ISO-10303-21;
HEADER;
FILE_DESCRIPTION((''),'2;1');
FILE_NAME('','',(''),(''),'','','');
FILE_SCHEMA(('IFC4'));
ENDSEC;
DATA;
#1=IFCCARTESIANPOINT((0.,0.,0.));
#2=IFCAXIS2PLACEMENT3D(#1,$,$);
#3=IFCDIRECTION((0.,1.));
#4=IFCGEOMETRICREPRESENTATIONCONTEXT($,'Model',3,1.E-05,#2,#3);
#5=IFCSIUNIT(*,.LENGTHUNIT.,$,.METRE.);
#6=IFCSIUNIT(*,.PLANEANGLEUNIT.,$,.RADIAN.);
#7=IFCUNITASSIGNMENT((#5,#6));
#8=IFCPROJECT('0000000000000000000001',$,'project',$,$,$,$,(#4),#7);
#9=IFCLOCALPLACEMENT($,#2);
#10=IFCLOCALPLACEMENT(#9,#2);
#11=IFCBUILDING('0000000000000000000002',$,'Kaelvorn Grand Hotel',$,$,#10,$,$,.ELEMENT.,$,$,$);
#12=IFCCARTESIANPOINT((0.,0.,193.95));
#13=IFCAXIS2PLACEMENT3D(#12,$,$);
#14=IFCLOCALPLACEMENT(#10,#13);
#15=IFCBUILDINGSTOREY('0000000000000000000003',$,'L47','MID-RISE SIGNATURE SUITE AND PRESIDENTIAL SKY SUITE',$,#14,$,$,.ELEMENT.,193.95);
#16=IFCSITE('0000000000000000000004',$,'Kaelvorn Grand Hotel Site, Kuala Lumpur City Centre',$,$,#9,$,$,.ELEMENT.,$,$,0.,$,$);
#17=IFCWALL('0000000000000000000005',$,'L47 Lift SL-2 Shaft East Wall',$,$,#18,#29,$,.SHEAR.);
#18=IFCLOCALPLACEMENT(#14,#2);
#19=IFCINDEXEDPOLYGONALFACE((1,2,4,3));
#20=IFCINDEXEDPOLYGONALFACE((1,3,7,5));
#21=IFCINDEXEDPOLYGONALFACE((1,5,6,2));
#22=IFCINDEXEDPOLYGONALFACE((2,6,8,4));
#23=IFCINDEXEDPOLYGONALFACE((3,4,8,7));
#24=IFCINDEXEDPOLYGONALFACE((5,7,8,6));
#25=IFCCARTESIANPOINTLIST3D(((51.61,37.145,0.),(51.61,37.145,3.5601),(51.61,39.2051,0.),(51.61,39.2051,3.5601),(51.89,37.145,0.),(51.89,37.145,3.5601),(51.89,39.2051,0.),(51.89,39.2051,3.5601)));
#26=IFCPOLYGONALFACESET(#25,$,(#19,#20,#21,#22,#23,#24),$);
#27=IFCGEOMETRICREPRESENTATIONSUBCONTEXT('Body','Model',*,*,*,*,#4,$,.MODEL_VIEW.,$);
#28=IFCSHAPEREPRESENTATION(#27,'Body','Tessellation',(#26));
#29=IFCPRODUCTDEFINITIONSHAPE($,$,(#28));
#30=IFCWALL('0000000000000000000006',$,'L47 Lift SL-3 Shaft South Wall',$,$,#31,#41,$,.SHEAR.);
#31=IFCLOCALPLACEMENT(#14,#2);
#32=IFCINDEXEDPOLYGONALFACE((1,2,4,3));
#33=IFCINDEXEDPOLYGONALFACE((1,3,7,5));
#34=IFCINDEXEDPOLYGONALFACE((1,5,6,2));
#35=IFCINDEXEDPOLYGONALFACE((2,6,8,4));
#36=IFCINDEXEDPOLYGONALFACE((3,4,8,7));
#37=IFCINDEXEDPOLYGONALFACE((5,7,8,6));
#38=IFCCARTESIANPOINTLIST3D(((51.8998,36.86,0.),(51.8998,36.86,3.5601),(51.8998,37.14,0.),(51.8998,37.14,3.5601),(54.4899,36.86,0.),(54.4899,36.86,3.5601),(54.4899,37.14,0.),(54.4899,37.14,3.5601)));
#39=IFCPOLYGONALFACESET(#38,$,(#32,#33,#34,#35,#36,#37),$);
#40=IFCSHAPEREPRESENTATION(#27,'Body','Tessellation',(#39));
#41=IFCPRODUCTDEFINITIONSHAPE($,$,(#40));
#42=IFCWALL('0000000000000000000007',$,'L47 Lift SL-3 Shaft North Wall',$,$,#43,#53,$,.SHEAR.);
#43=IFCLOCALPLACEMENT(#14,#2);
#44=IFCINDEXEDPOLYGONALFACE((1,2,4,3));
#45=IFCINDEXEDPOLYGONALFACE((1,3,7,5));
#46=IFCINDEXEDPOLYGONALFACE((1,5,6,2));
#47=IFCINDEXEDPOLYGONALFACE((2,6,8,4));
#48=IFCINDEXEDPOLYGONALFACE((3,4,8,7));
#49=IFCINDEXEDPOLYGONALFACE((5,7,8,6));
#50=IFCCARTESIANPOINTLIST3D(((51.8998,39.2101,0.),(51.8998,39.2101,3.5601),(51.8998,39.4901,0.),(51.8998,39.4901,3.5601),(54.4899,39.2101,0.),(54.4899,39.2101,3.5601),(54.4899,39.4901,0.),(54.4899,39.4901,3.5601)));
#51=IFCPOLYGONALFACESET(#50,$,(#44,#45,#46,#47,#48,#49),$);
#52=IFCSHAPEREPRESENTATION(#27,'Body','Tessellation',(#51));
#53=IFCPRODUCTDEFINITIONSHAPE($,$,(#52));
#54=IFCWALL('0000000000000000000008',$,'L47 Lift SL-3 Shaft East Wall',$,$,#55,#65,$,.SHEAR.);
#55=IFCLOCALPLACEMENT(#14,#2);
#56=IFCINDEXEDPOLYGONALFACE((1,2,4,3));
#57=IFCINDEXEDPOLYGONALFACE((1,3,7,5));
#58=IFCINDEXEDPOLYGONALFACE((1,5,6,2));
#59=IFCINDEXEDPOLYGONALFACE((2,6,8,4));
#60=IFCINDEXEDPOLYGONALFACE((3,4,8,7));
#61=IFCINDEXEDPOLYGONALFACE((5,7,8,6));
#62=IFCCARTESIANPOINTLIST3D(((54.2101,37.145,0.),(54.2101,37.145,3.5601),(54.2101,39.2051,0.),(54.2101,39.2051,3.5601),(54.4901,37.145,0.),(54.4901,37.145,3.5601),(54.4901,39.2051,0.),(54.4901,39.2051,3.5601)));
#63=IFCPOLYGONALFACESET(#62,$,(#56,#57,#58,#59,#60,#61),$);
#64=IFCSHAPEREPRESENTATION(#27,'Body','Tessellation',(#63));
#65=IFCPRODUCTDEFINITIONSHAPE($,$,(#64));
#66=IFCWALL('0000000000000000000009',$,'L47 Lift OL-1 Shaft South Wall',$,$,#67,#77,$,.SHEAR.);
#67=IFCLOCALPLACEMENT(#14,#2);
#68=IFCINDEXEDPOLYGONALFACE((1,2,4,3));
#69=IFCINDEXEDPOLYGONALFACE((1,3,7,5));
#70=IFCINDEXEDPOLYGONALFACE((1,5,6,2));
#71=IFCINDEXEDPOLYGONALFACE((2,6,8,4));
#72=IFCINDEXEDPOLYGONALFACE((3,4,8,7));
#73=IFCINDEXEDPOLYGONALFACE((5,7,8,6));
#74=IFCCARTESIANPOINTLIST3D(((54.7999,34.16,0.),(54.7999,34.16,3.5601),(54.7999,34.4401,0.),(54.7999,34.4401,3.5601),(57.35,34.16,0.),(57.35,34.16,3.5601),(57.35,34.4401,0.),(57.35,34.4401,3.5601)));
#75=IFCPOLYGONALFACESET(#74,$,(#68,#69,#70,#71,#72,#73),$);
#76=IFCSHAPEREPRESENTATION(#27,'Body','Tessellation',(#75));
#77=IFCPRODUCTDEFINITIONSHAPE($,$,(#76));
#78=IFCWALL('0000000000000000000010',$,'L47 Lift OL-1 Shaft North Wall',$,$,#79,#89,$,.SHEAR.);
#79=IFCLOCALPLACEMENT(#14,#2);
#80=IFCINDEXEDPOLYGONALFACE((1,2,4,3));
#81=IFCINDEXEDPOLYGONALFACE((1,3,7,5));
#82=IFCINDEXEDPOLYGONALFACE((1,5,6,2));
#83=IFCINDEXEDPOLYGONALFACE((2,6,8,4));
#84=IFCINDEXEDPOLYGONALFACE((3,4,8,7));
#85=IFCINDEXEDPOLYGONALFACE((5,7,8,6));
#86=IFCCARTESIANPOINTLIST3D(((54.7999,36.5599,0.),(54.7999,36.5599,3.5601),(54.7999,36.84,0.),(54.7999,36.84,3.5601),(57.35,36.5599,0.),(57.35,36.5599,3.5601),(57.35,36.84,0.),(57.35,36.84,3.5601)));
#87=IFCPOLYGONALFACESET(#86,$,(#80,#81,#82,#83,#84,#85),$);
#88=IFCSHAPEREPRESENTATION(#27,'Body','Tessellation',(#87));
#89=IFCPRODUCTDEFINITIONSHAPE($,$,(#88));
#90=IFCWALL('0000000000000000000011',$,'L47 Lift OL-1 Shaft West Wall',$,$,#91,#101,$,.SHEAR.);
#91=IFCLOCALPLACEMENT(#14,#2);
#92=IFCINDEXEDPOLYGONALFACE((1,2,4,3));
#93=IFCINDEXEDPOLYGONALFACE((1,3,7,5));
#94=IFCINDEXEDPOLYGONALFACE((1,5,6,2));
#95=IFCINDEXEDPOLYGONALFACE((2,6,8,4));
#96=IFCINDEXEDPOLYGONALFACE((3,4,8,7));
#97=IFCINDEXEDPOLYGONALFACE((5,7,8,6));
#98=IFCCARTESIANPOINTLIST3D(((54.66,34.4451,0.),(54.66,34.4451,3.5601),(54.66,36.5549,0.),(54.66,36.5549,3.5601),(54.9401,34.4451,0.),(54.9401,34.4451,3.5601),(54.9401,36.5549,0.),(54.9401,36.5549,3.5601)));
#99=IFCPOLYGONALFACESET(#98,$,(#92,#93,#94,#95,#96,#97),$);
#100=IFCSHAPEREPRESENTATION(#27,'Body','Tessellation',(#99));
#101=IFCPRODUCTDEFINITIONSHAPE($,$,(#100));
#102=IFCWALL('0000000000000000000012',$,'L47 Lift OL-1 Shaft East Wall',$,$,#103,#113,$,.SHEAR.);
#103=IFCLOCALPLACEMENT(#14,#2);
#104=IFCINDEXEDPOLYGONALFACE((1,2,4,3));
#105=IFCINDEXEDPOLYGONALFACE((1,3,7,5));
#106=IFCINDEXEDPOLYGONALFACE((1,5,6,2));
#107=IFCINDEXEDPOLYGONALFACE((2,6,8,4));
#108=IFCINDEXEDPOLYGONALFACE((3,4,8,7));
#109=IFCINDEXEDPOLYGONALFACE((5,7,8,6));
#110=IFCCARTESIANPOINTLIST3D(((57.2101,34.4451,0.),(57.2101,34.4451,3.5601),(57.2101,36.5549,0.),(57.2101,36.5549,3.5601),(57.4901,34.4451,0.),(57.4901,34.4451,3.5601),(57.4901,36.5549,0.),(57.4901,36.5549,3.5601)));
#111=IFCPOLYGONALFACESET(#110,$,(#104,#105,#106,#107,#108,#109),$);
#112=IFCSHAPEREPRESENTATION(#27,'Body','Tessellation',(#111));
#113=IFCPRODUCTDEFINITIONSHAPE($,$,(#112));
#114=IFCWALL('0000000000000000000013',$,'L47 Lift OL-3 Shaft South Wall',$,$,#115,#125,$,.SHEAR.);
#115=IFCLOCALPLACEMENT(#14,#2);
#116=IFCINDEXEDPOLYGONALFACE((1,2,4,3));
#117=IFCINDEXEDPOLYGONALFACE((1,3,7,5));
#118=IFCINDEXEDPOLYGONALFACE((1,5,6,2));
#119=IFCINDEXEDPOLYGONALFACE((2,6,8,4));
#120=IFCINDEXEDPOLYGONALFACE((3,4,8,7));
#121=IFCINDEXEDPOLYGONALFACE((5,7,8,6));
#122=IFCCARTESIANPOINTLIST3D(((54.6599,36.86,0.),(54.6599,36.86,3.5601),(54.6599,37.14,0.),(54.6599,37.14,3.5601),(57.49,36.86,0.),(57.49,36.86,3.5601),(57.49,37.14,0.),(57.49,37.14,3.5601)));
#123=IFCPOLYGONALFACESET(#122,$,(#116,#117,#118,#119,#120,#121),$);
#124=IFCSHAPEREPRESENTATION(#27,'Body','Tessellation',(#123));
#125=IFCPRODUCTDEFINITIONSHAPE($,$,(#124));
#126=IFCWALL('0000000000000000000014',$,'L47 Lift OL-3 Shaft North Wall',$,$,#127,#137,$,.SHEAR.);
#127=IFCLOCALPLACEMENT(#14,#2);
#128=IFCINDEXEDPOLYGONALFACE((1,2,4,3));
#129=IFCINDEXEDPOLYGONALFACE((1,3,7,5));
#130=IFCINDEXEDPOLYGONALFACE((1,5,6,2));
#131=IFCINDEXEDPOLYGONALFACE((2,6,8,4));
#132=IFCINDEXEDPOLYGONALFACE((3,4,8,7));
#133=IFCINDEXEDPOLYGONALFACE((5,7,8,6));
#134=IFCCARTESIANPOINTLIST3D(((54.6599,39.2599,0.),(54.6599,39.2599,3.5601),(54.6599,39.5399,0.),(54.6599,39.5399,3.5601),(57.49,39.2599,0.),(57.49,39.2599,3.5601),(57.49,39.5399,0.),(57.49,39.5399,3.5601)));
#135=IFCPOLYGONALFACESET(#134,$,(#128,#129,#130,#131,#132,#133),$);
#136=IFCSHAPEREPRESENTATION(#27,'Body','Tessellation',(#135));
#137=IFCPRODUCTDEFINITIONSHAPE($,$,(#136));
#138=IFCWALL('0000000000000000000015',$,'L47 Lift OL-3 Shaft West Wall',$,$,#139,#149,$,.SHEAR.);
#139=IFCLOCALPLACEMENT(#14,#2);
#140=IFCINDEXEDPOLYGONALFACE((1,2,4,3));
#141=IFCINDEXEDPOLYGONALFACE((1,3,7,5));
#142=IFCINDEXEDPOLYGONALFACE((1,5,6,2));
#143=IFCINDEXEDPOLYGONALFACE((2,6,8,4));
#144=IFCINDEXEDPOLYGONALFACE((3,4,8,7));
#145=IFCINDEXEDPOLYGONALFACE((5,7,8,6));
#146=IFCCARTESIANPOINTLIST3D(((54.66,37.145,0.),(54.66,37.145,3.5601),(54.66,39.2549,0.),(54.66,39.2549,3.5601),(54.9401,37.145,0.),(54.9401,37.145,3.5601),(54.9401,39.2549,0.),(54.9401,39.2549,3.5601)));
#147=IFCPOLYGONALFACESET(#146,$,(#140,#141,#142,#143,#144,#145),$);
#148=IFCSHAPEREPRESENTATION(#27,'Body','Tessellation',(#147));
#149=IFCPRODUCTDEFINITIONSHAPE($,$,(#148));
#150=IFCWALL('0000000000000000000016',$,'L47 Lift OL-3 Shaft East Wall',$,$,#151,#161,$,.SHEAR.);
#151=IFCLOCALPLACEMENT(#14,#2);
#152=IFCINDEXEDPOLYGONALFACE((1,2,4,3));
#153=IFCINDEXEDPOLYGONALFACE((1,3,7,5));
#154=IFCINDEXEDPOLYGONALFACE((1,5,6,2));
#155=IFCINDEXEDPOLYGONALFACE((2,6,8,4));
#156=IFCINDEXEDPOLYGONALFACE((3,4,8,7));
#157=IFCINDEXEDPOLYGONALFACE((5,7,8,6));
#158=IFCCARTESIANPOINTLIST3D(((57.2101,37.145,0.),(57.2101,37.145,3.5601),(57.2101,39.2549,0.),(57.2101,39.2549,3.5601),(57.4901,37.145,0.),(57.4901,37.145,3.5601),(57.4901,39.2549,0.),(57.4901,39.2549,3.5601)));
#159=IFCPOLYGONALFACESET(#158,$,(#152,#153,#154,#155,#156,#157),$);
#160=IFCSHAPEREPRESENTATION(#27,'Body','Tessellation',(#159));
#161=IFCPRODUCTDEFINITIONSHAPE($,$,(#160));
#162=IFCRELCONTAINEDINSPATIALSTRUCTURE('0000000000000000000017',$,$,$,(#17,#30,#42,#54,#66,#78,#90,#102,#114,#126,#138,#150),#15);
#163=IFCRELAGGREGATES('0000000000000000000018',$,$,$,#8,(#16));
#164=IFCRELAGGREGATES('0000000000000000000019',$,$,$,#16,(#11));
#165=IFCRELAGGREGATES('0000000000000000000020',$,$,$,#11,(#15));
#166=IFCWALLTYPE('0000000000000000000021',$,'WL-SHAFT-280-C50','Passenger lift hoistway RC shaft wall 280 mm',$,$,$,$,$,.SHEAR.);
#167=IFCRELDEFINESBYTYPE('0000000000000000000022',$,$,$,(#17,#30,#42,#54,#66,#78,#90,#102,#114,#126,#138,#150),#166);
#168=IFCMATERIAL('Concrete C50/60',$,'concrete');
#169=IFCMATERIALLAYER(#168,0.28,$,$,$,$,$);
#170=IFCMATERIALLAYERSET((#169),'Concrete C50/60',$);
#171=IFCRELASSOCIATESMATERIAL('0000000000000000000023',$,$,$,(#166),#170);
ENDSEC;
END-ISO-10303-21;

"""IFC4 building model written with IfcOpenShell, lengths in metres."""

from ifc_helpers import new_model, si_unit, direction, frame, frame_2d, origin, place, context, subcontext, project, spatial, rectangle, extrude, material, layer, layer_set, type_object, element, save


model = new_model("IFC4")

# Units and contexts
model_context = context("Model", 3, precision=1e-05, world=origin(), true_north=direction((0.0, 1.0)))
body_context = subcontext(model_context, "Body", "Model", "MODEL_VIEW")
ifc_project = project(units=[si_unit("LENGTHUNIT", "METRE"), si_unit("PLANEANGLEUNIT", "RADIAN")], contexts=[model_context])

# Site, building, storey
site_placement = place(None, origin())
site = spatial("IfcSite", under=ifc_project, at=site_placement, Name="Kaelvorn Grand Hotel Site, Kuala Lumpur City Centre", CompositionType="ELEMENT", RefElevation=0.0)
building_placement = place(site_placement, origin())
building = spatial("IfcBuilding", under=site, at=building_placement, Name="Kaelvorn Grand Hotel", CompositionType="ELEMENT")
storey_placement = place(building_placement, frame((0.0, 0.0, 193.95)))
storey = spatial("IfcBuildingStorey", under=building, at=storey_placement, Name="L47", Description="MID-RISE SIGNATURE SUITE AND PRESIDENTIAL SKY SUITE", CompositionType="ELEMENT", Elevation=193.95)

# Shared definitions
ifc_material_1 = material(Name="Concrete C50/60", Category="concrete")

# Shared definitions
ifc_layer_1 = layer(ifc_material_1, 0.28)
ifc_layer_set_1 = layer_set([ifc_layer_1], Name="Concrete C50/60")
wall_type_1 = type_object("IfcWallType", Name="WL-SHAFT-280-C50", Description="Passenger lift hoistway RC shaft wall 280 mm", PredefinedType="SHEAR", material=ifc_layer_set_1)

# Walls
wall_1_placement = place(storey_placement, frame((51.75, 37.145, 0.0), z_axis=(0.0, 0.0, 1.0), x_axis=(0.0, 1.0, 0.0)))
element("IfcWall", 1, at=wall_1_placement, inside=storey, type_object=wall_type_1, Name="L47 Lift SL-2 Shaft East Wall", PredefinedType="SHEAR", context=body_context, shape_type="SweptSolid", body=[
    extrude(rectangle(XDim=2.0601, YDim=0.28, at=frame_2d((1.03, 0.0))), origin(), (0.0, 0.0, 1.0), 3.5601),
])
for number, where, z_axis, x_axis, name in (
    (2, (51.8999, 37.0, 0.0), (0.0, 0.0, 1.0), (1.0, 0.0, 0.0), "L47 Lift SL-3 Shaft South Wall"),
    (3, (51.8999, 39.3501, 0.0), (0.0, 0.0, 1.0), (1.0, 0.0, 0.0), "L47 Lift SL-3 Shaft North Wall"),
):
    element("IfcWall", number, at=place(storey_placement, frame(where, z_axis=z_axis, x_axis=x_axis)), inside=storey, type_object=wall_type_1, Name=name, PredefinedType="SHEAR", context=body_context, shape_type="SweptSolid", body=[
        extrude(rectangle(XDim=2.5901, YDim=0.28, at=frame_2d((1.2949, 0.0))), origin(), (0.0, 0.0, 1.0), 3.5601),
    ])
wall_2_placement = place(storey_placement, frame((54.3501, 37.145, 0.0), z_axis=(0.0, 0.0, 1.0), x_axis=(0.0, 1.0, 0.0)))
element("IfcWall", 4, at=wall_2_placement, inside=storey, type_object=wall_type_1, Name="L47 Lift SL-3 Shaft East Wall", PredefinedType="SHEAR", context=body_context, shape_type="SweptSolid", body=[
    extrude(rectangle(XDim=2.0601, YDim=0.28, at=frame_2d((1.03, 0.0))), origin(), (0.0, 0.0, 1.0), 3.5601),
])
for number, where, z_axis, x_axis, name in (
    (5, (54.8, 34.3, 0.0), (0.0, 0.0, 1.0), (1.0, 0.0, 0.0), "L47 Lift OL-1 Shaft South Wall"),
    (6, (54.8, 36.7, 0.0), (0.0, 0.0, 1.0), (1.0, 0.0, 0.0), "L47 Lift OL-1 Shaft North Wall"),
):
    element("IfcWall", number, at=place(storey_placement, frame(where, z_axis=z_axis, x_axis=x_axis)), inside=storey, type_object=wall_type_1, Name=name, PredefinedType="SHEAR", context=body_context, shape_type="SweptSolid", body=[
        extrude(rectangle(XDim=2.55, YDim=0.28, at=frame_2d((1.2749, 0.0))), origin(), (0.0, 0.0, 1.0), 3.5601),
    ])
for number, where, z_axis, x_axis, name in (
    (7, (54.8, 34.4451, 0.0), (0.0, 0.0, 1.0), (0.0, 1.0, 0.0), "L47 Lift OL-1 Shaft West Wall"),
    (8, (57.3501, 34.4451, 0.0), (0.0, 0.0, 1.0), (0.0, 1.0, 0.0), "L47 Lift OL-1 Shaft East Wall"),
):
    element("IfcWall", number, at=place(storey_placement, frame(where, z_axis=z_axis, x_axis=x_axis)), inside=storey, type_object=wall_type_1, Name=name, PredefinedType="SHEAR", context=body_context, shape_type="SweptSolid", body=[
        extrude(rectangle(XDim=2.1099, YDim=0.28, at=frame_2d((1.0549, 0.0))), origin(), (0.0, 0.0, 1.0), 3.5601),
    ])
for number, where, z_axis, x_axis, name in (
    (9, (54.6599, 37.0, 0.0), (0.0, 0.0, 1.0), (1.0, 0.0, 0.0), "L47 Lift OL-3 Shaft South Wall"),
    (10, (54.6599, 39.3999, 0.0), (0.0, 0.0, 1.0), (1.0, 0.0, 0.0), "L47 Lift OL-3 Shaft North Wall"),
):
    element("IfcWall", number, at=place(storey_placement, frame(where, z_axis=z_axis, x_axis=x_axis)), inside=storey, type_object=wall_type_1, Name=name, PredefinedType="SHEAR", context=body_context, shape_type="SweptSolid", body=[
        extrude(rectangle(XDim=2.8301, YDim=0.28, at=frame_2d((1.415, 0.0))), origin(), (0.0, 0.0, 1.0), 3.5601),
    ])
for number, where, z_axis, x_axis, name in (
    (11, (54.8, 37.145, 0.0), (0.0, 0.0, 1.0), (0.0, 1.0, 0.0), "L47 Lift OL-3 Shaft West Wall"),
    (12, (57.3501, 37.145, 0.0), (0.0, 0.0, 1.0), (0.0, 1.0, 0.0), "L47 Lift OL-3 Shaft East Wall"),
):
    element("IfcWall", number, at=place(storey_placement, frame(where, z_axis=z_axis, x_axis=x_axis)), inside=storey, type_object=wall_type_1, Name=name, PredefinedType="SHEAR", context=body_context, shape_type="SweptSolid", body=[
        extrude(rectangle(XDim=2.1099, YDim=0.28, at=frame_2d((1.0549, 0.0))), origin(), (0.0, 0.0, 1.0), 3.5601),
    ])

save(model, "model.ifc")
